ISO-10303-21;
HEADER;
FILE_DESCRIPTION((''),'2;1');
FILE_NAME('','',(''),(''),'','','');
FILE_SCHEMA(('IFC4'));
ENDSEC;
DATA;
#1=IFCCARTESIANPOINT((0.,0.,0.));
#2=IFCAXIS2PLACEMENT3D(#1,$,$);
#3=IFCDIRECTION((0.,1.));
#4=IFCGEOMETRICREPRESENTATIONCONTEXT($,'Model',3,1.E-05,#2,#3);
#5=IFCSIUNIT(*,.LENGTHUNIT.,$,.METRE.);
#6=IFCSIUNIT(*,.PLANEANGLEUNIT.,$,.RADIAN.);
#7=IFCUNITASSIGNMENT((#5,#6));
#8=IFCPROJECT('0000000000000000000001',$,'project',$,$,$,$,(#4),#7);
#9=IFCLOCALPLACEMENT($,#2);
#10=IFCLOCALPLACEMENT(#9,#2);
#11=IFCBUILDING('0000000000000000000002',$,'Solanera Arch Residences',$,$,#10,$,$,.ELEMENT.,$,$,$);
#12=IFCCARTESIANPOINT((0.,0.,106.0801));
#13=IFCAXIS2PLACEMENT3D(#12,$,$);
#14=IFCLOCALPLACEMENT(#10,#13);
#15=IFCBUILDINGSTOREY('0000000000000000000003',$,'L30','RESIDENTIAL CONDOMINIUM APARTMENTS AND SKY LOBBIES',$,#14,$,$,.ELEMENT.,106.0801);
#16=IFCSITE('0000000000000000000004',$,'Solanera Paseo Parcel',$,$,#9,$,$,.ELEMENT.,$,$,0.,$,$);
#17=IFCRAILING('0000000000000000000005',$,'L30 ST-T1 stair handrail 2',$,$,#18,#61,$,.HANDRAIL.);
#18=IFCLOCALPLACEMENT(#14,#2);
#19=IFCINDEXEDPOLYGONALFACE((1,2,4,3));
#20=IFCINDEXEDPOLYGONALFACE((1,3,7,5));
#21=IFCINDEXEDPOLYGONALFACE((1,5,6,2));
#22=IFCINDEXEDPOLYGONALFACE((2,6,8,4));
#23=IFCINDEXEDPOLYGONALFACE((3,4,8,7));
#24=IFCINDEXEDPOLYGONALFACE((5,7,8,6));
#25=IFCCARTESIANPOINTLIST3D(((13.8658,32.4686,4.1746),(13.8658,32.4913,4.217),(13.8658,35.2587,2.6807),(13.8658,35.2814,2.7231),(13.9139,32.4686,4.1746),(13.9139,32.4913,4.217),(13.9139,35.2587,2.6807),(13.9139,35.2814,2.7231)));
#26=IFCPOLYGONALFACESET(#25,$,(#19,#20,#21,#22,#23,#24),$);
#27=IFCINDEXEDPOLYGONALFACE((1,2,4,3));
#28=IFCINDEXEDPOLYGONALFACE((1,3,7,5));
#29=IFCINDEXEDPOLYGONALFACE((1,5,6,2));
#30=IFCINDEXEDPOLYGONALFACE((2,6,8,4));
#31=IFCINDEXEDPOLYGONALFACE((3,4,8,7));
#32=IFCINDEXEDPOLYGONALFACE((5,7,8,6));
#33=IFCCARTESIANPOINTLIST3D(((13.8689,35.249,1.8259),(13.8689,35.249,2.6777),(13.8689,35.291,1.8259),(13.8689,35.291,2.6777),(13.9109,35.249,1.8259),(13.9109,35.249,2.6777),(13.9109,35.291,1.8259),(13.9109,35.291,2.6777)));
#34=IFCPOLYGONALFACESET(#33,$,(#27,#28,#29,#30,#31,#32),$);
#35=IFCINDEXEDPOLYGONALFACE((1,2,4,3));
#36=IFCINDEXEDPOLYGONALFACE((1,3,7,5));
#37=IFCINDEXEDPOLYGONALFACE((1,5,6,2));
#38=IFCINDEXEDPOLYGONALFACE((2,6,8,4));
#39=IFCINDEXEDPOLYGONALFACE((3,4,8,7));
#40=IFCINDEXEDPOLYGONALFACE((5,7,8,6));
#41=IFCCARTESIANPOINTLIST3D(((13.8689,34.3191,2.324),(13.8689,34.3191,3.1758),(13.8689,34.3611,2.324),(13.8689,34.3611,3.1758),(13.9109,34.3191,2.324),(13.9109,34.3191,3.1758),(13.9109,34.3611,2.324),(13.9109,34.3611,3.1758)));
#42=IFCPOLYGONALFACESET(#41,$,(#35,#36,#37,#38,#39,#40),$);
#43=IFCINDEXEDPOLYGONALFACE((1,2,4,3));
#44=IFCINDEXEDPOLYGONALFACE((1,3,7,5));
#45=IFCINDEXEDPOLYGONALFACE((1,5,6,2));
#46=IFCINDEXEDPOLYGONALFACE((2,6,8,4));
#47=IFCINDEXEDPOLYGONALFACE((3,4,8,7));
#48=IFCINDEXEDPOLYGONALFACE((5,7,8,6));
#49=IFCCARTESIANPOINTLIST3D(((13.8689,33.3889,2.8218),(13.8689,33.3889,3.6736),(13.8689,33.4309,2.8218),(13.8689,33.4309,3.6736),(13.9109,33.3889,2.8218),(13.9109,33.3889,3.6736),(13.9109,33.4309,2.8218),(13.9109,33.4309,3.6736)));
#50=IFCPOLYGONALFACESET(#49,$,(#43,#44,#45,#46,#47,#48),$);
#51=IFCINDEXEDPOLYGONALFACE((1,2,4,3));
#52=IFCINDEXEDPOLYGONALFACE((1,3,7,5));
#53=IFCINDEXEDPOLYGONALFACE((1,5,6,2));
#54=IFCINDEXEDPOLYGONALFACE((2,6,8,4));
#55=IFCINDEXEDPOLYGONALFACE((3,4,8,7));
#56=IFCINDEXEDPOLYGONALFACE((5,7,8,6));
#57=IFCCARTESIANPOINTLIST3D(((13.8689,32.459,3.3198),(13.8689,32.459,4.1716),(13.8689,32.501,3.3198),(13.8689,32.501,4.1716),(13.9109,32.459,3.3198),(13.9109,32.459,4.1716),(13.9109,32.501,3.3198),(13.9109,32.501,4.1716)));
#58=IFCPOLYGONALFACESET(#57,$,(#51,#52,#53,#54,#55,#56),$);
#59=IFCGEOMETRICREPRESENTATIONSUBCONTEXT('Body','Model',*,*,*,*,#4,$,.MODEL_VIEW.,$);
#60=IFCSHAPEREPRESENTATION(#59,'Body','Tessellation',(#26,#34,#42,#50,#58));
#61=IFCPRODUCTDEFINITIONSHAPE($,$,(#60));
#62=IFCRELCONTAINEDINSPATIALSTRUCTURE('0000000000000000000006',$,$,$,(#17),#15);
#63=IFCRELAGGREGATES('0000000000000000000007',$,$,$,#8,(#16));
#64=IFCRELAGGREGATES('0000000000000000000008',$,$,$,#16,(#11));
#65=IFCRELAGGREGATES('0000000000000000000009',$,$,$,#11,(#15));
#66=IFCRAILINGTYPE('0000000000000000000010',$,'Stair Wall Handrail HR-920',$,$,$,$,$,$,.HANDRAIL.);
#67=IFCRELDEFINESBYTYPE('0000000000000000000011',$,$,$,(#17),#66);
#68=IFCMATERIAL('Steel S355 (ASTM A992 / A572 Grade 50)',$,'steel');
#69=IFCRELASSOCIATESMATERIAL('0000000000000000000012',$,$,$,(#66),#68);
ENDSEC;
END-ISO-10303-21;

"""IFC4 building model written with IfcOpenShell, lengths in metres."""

from ifc_helpers import new_model, si_unit, direction, frame, origin, origin_2d, place, context, subcontext, project, spatial, rectangle, extrude, material, type_object, element, save


model = new_model("IFC4")

# Units and contexts
model_context = context("Model", 3, precision=1e-05, world=origin(), true_north=direction((0.0, 1.0)))
body_context = subcontext(model_context, "Body", "Model", "MODEL_VIEW")
ifc_project = project(units=[si_unit("LENGTHUNIT", "METRE"), si_unit("PLANEANGLEUNIT", "RADIAN")], contexts=[model_context])

# Site, building, storey
site_placement = place(None, origin())
site = spatial("IfcSite", under=ifc_project, at=site_placement, Name="Solanera Paseo Parcel", CompositionType="ELEMENT", RefElevation=0.0)
building_placement = place(site_placement, origin())
building = spatial("IfcBuilding", under=site, at=building_placement, Name="Solanera Arch Residences", CompositionType="ELEMENT")
storey_placement = place(building_placement, frame((0.0, 0.0, 106.0801)))
storey = spatial("IfcBuildingStorey", under=building, at=storey_placement, Name="L30", Description="RESIDENTIAL CONDOMINIUM APARTMENTS AND SKY LOBBIES", CompositionType="ELEMENT", Elevation=106.0801)

# Railing
ifc_material_1 = material(Name="Steel S355 (ASTM A992 / A572 Grade 50)", Category="steel")
railing_type_1 = type_object("IfcRailingType", Name="Stair Wall Handrail HR-920", PredefinedType="HANDRAIL", material=ifc_material_1)
railing_1_placement = place(storey_placement, frame((13.8899, 35.27, 1.8259)))
element("IfcRailing", 1, at=railing_1_placement, inside=storey, type_object=railing_type_1, Name="L30 ST-T1 stair handrail 2", PredefinedType="HANDRAIL", context=body_context, shape_type="SweptSolid", body=[
    extrude(rectangle(XDim=0.0481, YDim=0.0481, at=origin_2d()), frame((0.0, 0.0, 0.876), z_axis=(0.0, -0.881581, 0.472033), x_axis=(1.0, 0.0, 0.0)), (0.0, 0.0, 1.0), 3.1648),
    extrude(rectangle(XDim=0.042, YDim=0.042, at=origin_2d()), origin(), (0.0, 0.0, 1.0), 0.8518),
    extrude(rectangle(XDim=0.042, YDim=0.042, at=origin_2d()), frame((0.0, -0.9299, 0.498)), (0.0, 0.0, 1.0), 0.8518),
    extrude(rectangle(XDim=0.042, YDim=0.042, at=origin_2d()), frame((0.0, -1.8601, 0.9958)), (0.0, 0.0, 1.0), 0.8518),
    extrude(rectangle(XDim=0.042, YDim=0.042, at=origin_2d()), frame((0.0, -2.79, 1.4939)), (0.0, 0.0, 1.0), 0.8518),
])

save(model, "model.ifc")
